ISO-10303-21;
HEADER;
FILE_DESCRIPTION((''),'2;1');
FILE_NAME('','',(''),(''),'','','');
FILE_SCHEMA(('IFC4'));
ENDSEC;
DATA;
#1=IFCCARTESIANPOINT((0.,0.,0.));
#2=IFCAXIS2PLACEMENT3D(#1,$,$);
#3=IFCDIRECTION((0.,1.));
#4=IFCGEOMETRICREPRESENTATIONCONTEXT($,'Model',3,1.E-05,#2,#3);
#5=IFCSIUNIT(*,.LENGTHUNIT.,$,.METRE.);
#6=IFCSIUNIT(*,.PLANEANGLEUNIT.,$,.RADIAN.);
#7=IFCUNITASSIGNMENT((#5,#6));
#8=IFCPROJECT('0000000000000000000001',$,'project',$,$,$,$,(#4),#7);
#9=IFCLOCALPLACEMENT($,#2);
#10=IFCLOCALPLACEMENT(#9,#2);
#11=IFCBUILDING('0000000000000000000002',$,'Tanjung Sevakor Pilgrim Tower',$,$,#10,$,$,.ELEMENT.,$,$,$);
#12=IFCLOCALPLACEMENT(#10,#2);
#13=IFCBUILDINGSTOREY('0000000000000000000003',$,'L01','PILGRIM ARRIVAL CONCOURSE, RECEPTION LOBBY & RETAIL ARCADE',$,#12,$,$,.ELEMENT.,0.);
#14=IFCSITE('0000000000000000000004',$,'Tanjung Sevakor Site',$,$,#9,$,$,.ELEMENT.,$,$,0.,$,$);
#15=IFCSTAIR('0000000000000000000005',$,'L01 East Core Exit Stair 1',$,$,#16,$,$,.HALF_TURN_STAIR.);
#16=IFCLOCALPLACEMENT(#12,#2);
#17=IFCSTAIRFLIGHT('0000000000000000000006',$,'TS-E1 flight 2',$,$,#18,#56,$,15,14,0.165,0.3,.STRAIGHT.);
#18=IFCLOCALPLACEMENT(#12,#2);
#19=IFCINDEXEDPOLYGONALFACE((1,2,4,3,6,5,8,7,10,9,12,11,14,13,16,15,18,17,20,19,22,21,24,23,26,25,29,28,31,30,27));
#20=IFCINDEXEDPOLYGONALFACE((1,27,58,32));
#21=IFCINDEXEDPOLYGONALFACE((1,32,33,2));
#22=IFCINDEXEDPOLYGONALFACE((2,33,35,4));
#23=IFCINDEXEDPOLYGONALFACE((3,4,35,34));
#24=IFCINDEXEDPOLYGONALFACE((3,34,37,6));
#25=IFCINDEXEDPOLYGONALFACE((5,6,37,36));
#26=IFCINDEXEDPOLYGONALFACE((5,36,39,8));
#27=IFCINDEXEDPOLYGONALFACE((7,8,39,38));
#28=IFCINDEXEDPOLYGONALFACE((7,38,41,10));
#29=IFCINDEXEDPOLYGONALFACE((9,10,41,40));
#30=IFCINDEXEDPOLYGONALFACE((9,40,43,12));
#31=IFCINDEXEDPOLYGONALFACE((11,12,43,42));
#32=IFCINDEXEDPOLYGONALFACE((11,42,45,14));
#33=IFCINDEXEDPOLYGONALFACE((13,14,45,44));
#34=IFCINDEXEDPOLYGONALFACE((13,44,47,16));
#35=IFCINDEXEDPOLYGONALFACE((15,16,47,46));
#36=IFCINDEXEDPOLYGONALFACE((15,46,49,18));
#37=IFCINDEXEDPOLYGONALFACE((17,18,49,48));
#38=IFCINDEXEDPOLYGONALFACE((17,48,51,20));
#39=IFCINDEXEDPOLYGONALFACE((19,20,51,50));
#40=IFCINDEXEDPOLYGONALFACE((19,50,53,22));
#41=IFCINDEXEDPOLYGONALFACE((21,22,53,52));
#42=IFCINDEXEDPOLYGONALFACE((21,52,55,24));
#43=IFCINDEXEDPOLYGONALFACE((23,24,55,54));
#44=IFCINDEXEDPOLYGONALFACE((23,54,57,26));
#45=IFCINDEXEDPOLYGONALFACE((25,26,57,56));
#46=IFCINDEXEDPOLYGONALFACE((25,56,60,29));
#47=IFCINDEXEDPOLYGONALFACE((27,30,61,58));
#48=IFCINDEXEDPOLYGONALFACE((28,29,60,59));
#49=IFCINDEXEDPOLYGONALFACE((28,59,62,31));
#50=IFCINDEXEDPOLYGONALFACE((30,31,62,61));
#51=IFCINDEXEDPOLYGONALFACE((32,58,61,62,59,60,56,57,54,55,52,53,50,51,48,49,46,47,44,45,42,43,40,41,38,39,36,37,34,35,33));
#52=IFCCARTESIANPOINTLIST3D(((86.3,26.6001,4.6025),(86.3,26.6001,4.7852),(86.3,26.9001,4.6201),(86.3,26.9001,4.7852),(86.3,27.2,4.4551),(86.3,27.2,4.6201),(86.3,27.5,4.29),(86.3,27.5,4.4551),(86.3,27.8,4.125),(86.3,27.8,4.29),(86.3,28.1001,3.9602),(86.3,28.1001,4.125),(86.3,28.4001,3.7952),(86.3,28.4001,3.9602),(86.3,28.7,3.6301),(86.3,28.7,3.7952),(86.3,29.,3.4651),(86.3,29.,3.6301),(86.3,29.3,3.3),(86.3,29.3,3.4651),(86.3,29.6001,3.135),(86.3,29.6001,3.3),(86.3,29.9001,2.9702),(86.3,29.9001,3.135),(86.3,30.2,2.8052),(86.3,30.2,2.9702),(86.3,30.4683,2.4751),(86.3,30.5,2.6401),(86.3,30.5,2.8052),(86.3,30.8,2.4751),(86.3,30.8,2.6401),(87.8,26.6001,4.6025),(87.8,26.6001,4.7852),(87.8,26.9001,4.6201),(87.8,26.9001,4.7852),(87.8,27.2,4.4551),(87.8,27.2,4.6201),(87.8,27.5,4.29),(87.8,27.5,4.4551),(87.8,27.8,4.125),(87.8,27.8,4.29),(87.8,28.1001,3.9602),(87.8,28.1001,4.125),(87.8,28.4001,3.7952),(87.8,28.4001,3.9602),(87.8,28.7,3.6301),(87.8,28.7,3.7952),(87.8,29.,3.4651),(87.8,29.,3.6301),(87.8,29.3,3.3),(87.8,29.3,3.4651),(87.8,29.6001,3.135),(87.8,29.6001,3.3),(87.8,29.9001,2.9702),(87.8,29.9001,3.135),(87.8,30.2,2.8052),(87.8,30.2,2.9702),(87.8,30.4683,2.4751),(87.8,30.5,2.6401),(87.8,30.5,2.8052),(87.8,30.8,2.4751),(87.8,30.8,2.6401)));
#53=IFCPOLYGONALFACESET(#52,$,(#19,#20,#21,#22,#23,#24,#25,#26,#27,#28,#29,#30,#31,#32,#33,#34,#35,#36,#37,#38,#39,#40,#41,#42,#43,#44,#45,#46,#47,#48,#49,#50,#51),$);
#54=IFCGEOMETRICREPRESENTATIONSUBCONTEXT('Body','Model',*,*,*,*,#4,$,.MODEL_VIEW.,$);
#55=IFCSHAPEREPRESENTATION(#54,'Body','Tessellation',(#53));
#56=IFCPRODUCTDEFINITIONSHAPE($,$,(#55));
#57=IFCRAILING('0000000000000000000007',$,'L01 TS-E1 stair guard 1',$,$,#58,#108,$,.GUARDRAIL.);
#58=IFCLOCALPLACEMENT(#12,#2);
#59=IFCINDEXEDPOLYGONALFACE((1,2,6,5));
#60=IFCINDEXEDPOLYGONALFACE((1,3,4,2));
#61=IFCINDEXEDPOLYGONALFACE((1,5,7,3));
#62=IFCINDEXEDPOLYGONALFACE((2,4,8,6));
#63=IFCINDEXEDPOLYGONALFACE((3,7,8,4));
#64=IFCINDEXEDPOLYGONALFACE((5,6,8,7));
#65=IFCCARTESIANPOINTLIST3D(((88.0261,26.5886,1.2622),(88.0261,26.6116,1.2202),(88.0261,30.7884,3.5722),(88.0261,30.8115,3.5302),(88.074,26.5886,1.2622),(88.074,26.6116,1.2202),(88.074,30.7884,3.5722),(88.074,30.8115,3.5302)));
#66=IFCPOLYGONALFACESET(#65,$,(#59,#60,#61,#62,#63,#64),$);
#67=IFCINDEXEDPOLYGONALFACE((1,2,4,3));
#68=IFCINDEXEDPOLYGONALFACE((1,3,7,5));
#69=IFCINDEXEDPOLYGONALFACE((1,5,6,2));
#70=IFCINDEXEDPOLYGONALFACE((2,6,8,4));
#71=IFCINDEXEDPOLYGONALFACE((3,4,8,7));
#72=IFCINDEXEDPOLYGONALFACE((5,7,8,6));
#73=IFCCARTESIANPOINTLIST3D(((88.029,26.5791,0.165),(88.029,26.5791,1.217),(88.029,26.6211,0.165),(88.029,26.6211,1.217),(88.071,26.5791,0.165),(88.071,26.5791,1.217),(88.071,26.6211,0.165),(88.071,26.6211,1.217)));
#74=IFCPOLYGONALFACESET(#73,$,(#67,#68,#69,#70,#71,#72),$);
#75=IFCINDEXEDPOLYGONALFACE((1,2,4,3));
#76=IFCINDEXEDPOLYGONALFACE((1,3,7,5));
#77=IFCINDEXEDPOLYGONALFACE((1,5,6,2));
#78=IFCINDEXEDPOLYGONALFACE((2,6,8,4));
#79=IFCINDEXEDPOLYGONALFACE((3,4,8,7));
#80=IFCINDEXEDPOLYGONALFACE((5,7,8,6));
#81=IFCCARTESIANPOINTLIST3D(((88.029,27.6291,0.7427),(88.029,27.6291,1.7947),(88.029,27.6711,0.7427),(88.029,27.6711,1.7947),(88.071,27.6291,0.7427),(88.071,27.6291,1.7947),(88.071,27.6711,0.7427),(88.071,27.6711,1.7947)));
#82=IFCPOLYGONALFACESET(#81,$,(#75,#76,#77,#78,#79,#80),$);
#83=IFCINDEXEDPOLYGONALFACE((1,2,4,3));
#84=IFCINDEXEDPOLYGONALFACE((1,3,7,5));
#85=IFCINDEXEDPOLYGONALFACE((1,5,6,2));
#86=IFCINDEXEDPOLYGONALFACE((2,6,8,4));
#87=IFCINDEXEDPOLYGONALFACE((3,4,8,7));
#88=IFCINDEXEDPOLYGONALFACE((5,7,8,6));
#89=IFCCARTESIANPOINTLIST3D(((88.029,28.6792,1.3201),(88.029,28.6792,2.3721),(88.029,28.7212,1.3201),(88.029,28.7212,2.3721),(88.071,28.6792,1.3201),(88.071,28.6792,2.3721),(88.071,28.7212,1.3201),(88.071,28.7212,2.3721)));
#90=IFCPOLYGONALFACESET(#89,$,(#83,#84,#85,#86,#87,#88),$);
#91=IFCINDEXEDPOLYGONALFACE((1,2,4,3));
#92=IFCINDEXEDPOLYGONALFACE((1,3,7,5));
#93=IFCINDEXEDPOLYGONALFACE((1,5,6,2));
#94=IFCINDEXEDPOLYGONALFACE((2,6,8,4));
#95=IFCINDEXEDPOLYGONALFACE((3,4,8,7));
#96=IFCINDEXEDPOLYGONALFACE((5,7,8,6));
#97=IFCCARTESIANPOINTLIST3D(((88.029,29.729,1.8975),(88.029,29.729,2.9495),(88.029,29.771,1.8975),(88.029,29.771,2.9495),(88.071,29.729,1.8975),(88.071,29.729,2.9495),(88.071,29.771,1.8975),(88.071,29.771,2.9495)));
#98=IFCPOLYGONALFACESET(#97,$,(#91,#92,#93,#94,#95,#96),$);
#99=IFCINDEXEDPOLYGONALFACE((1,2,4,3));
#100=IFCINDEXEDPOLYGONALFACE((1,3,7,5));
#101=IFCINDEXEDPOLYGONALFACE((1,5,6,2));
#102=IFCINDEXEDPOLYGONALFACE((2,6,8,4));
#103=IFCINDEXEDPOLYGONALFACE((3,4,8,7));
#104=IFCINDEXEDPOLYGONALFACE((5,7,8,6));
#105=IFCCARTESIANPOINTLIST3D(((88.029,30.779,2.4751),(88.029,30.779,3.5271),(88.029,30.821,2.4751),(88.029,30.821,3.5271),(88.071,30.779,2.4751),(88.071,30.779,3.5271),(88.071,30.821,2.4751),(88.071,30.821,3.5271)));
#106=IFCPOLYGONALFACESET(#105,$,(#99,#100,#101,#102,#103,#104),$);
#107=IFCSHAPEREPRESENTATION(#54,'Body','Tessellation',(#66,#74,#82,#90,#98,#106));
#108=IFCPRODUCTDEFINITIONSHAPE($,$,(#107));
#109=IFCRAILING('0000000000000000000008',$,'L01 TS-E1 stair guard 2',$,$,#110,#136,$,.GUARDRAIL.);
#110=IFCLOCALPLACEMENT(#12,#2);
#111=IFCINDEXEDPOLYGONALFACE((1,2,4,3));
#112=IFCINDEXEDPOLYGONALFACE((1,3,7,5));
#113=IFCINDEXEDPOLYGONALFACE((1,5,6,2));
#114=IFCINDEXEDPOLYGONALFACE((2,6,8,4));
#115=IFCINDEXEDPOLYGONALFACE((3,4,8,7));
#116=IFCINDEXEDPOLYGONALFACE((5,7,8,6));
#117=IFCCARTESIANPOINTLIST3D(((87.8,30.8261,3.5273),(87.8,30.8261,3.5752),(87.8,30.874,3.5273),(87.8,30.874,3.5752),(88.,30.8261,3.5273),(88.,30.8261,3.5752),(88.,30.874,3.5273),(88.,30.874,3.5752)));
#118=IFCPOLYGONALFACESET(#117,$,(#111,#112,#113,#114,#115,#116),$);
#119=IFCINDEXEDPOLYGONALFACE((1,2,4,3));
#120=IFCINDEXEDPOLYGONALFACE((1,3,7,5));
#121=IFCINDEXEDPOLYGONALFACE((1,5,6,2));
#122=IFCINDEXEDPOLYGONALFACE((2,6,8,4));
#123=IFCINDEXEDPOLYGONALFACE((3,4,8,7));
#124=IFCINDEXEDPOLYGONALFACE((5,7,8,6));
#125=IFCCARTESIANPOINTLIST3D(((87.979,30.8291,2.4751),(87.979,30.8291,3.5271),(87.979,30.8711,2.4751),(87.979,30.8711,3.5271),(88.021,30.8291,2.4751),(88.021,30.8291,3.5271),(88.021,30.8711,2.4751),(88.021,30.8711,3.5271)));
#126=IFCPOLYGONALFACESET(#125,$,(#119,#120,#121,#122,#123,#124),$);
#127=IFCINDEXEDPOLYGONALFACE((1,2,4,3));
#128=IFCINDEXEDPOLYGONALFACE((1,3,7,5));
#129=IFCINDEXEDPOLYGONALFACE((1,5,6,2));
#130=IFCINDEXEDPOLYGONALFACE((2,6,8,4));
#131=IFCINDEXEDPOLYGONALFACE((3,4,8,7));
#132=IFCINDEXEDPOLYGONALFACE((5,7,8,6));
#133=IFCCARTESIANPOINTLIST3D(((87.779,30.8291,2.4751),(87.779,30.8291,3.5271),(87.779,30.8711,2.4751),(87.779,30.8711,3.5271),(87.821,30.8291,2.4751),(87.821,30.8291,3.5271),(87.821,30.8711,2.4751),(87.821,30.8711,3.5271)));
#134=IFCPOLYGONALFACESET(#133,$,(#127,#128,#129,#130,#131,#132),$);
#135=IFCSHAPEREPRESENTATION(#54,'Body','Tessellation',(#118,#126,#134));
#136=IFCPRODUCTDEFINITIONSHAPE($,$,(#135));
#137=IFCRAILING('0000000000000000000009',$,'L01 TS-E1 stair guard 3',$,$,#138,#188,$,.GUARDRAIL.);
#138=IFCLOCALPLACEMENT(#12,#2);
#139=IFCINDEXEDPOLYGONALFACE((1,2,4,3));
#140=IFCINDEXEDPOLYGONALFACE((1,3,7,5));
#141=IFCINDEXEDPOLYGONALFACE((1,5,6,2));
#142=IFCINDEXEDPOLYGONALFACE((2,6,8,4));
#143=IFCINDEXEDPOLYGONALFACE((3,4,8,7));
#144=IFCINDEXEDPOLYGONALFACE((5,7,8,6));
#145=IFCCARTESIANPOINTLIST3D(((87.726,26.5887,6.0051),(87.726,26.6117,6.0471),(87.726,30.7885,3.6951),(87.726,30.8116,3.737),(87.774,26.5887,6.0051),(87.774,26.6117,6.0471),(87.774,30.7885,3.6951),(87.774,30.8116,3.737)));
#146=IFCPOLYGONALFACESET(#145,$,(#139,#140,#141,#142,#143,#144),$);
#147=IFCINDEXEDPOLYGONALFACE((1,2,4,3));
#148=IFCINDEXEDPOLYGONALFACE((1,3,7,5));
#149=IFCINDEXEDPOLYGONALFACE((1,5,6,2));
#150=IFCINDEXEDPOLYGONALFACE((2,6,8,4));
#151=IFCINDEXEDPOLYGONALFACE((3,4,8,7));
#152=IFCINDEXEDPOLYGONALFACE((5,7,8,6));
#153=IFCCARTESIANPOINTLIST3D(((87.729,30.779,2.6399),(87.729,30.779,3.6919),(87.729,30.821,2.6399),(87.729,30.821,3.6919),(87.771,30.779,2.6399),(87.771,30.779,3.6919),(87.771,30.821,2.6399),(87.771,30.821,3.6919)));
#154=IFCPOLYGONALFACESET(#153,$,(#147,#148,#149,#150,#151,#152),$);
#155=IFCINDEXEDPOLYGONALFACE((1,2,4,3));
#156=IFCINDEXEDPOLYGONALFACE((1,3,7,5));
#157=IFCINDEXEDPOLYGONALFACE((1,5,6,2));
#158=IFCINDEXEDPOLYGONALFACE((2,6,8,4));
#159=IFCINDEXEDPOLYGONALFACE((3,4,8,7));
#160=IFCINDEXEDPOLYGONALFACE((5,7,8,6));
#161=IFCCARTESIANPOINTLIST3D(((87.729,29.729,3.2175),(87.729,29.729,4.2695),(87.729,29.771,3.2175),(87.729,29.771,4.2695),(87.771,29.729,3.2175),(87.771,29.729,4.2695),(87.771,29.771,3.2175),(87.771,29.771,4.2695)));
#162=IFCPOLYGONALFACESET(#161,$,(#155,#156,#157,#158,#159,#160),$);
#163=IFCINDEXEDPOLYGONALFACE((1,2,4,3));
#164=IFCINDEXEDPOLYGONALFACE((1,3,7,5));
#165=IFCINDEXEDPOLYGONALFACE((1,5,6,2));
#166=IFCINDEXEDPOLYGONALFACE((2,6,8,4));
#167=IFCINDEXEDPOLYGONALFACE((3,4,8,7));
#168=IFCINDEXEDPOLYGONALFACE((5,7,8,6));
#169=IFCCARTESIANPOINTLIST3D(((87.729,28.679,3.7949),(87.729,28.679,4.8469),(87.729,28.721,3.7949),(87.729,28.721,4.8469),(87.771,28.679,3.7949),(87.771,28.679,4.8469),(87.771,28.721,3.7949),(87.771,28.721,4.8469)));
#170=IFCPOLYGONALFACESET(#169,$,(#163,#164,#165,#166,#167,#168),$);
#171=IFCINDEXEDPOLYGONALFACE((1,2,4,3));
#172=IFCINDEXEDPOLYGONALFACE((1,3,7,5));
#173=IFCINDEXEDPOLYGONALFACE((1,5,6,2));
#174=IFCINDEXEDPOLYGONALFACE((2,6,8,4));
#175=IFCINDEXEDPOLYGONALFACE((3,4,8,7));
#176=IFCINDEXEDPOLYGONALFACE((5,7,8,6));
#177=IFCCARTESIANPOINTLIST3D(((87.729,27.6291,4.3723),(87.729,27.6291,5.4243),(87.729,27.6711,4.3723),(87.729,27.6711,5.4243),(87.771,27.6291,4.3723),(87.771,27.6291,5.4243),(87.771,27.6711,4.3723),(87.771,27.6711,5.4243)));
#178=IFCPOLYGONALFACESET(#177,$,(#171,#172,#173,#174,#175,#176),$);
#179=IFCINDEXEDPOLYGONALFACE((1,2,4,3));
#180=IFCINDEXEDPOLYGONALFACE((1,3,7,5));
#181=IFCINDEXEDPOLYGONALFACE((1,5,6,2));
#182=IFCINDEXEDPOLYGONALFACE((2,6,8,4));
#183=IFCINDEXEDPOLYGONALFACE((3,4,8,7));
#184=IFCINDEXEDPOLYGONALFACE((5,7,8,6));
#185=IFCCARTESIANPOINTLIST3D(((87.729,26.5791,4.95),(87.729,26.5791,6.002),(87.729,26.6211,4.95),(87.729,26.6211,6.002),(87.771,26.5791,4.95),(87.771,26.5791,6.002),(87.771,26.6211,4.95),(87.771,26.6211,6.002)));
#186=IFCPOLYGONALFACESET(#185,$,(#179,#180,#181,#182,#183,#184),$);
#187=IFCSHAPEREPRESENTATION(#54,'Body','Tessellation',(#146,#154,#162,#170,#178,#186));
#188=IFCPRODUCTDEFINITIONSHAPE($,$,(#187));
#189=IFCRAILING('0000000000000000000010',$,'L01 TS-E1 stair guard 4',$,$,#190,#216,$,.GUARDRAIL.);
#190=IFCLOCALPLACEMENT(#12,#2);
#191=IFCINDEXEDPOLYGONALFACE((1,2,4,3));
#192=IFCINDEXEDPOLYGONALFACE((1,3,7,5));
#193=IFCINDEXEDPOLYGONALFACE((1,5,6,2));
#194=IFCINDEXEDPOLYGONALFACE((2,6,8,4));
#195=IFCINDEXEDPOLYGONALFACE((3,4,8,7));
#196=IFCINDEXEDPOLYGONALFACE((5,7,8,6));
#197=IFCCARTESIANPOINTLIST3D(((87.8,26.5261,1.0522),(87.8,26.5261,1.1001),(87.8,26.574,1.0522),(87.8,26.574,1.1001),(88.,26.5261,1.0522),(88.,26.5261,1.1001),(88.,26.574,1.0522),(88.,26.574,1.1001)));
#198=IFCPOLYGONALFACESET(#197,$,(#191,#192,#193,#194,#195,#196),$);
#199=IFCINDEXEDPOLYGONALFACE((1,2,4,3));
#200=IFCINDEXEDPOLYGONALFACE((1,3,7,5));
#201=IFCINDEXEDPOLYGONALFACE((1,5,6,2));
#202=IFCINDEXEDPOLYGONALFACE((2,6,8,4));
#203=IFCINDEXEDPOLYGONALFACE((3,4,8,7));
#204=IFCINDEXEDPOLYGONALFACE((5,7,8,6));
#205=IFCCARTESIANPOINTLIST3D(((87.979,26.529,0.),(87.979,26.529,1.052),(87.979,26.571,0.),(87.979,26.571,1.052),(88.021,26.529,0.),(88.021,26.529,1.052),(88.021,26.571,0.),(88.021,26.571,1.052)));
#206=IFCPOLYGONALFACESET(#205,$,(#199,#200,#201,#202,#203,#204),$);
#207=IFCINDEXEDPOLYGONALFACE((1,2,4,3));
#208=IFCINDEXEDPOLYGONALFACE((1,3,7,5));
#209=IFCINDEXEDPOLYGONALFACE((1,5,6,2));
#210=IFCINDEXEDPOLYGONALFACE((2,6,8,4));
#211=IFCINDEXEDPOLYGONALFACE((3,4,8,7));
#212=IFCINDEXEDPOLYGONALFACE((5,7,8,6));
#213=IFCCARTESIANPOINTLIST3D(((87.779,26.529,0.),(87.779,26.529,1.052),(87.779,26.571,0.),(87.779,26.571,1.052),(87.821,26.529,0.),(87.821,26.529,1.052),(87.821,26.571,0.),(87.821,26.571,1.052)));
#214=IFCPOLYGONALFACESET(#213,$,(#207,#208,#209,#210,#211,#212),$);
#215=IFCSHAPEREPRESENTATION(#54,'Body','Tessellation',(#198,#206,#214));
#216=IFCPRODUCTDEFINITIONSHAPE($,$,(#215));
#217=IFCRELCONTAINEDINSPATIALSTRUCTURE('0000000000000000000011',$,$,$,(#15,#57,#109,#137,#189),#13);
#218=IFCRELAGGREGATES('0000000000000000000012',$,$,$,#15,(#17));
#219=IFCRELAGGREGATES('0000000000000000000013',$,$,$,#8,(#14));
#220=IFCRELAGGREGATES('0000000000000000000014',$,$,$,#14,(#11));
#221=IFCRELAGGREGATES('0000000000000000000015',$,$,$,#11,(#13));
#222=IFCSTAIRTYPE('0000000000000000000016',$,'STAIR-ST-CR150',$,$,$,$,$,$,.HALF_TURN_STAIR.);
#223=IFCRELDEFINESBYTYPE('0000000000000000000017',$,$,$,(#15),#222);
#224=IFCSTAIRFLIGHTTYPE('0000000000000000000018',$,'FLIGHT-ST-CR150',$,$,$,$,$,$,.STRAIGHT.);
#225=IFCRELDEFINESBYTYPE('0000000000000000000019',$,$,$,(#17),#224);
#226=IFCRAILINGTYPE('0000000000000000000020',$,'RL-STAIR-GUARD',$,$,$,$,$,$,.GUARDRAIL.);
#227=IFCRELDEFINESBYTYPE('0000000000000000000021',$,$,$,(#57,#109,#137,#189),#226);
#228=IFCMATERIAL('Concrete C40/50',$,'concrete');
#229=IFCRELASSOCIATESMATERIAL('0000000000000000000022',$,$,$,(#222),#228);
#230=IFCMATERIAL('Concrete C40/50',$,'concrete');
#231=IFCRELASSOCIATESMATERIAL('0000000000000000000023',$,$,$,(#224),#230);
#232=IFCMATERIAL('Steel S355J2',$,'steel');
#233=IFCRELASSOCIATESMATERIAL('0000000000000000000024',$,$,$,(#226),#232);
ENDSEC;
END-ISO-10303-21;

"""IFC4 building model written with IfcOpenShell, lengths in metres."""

from ifc_helpers import new_model, si_unit, direction, frame, origin, place, context, subcontext, project, spatial, polyline, rectangle, outline, extrude, material, type_object, element, aggregate, save


model = new_model("IFC4")

# Units and contexts
model_context = context("Model", 3, precision=1e-05, world=origin(), true_north=direction((0.0, 1.0)))
body_context = subcontext(model_context, "Body", "Model", "MODEL_VIEW")
ifc_project = project(units=[si_unit("LENGTHUNIT", "METRE"), si_unit("PLANEANGLEUNIT", "RADIAN")], contexts=[model_context])

# Site, building, storey
site_placement = place(None, origin())
site = spatial("IfcSite", under=ifc_project, at=site_placement, Name="Tanjung Sevakor Site", CompositionType="ELEMENT", RefElevation=0.0)
building_placement = place(site_placement, origin())
building = spatial("IfcBuilding", under=site, at=building_placement, Name="Tanjung Sevakor Pilgrim Tower", CompositionType="ELEMENT")
storey_placement = place(building_placement, origin())
storey = spatial("IfcBuildingStorey", under=building, at=storey_placement, Name="L01", Description="PILGRIM ARRIVAL CONCOURSE, RECEPTION LOBBY & RETAIL ARCADE", CompositionType="ELEMENT", Elevation=0.0)

# Stair, stair flight
ifc_material_1 = material(Name="Concrete C40/50", Category="concrete")
stair_type = type_object("IfcStairType", Name="STAIR-ST-CR150", PredefinedType="HALF_TURN_STAIR", material=ifc_material_1)
stair_placement = place(storey_placement, origin())
stair = element("IfcStair", 1, at=stair_placement, inside=storey, type_object=stair_type, Name="L01 East Core Exit Stair 1", PredefinedType="HALF_TURN_STAIR")
ifc_material_2 = material(Name="Concrete C40/50", Category="concrete")
stair_flight_type = type_object("IfcStairFlightType", Name="FLIGHT-ST-CR150", PredefinedType="STRAIGHT", material=ifc_material_2)
stair_flight_1_placement = place(storey_placement, frame((87.05, 30.8, 2.4751), z_axis=(0.0, 0.0, 1.0), x_axis=(0.0, -1.0, 0.0)))
stair_flight_1 = element("IfcStairFlight", 2, at=stair_flight_1_placement, type_object=stair_flight_type, Name="TS-E1 flight 2", NumberOfRisers=15, NumberOfTreads=14, PredefinedType="STRAIGHT", RiserHeight=0.165, TreadLength=0.3, context=body_context, shape_type="SweptSolid", body=[
    extrude(outline(polyline([(0.0, 0.0), (0.0, 0.165), (0.3, 0.165), (0.3, 0.3301), (0.6001, 0.3301), (0.6001, 0.4951), (0.8999, 0.4951), (0.8999, 0.6599), (1.2, 0.6599), (1.2, 0.825), (1.5, 0.825), (1.5, 0.99), (1.8, 0.99), (1.8, 1.155), (2.1001, 1.155), (2.1001, 1.3201), (2.3999, 1.3201), (2.3999, 1.4851), (2.7, 1.4851), (2.7, 1.6499), (3.0, 1.6499), (3.0, 1.8149), (3.3, 1.8149), (3.3, 1.98), (3.6001, 1.98), (3.6001, 2.145), (3.8999, 2.145), (3.8999, 2.3101), (4.2, 2.3101), (4.2, 2.4751), (4.2, 2.1274), (0.3318, 0.0), (0.0, 0.0)])), frame((0.0, 0.75, 0.0), z_axis=(0.0, -1.0, 0.0), x_axis=(1.0, 0.0, 0.0)), (0.0, 0.0, 1.0), 1.5),
])
aggregate(stair, [stair_flight_1])

# Railings
ifc_material_3 = material(Name="Steel S355J2", Category="steel")
railing_type_1 = type_object("IfcRailingType", Name="RL-STAIR-GUARD", PredefinedType="GUARDRAIL", material=ifc_material_3)
railing_1_placement = place(storey_placement, frame((88.05, 26.6001, 0.165)))
element("IfcRailing", 3, at=railing_1_placement, inside=storey, type_object=railing_type_1, Name="L01 TS-E1 stair guard 1", PredefinedType="GUARDRAIL", context=body_context, shape_type="SweptSolid", body=[
    extrude(rectangle(XDim=0.0479, YDim=0.0479), frame((0.0, 0.0, 1.0762), z_axis=(0.0, 0.876208, 0.481932), x_axis=(-1.0, 0.0, 0.0)), (0.0, 0.0, 1.0), 4.7932),
    extrude(rectangle(XDim=0.042, YDim=0.042), origin(), (0.0, 0.0, 1.0), 1.052),
    extrude(rectangle(XDim=0.042, YDim=0.042), frame((0.0, 1.05, 0.5776)), (0.0, 0.0, 1.0), 1.052),
    extrude(rectangle(XDim=0.042, YDim=0.042), frame((0.0, 2.1001, 1.155)), (0.0, 0.0, 1.0), 1.052),
    extrude(rectangle(XDim=0.042, YDim=0.042), frame((0.0, 3.1499, 1.7324)), (0.0, 0.0, 1.0), 1.052),
    extrude(rectangle(XDim=0.042, YDim=0.042), frame((0.0, 4.2, 2.3101)), (0.0, 0.0, 1.0), 1.052),
])
railing_2_placement = place(storey_placement, frame((88.0, 30.8501, 2.4751)))
element("IfcRailing", 4, at=railing_2_placement, inside=storey, type_object=railing_type_1, Name="L01 TS-E1 stair guard 2", PredefinedType="GUARDRAIL", context=body_context, shape_type="SweptSolid", body=[
    extrude(rectangle(XDim=0.0479, YDim=0.0479), frame((0.0, 0.0, 1.0762), z_axis=(-1.0, 0.0, 0.0), x_axis=(0.0, -1.0, 0.0)), (0.0, 0.0, 1.0), 0.2),
    extrude(rectangle(XDim=0.042, YDim=0.042), origin(), (0.0, 0.0, 1.0), 1.052),
    extrude(rectangle(XDim=0.042, YDim=0.042), frame((-0.2, 0.0, 0.0)), (0.0, 0.0, 1.0), 1.052),
])
railing_3_placement = place(storey_placement, frame((87.75, 30.8, 2.6399)))
element("IfcRailing", 5, at=railing_3_placement, inside=storey, type_object=railing_type_1, Name="L01 TS-E1 stair guard 3", PredefinedType="GUARDRAIL", context=body_context, shape_type="SweptSolid", body=[
    extrude(rectangle(XDim=0.0479, YDim=0.0479), frame((0.0, 0.0, 1.0762), z_axis=(0.0, -0.876208, 0.481932), x_axis=(1.0, 0.0, 0.0)), (0.0, 0.0, 1.0), 4.7932),
    extrude(rectangle(XDim=0.042, YDim=0.042), origin(), (0.0, 0.0, 1.0), 1.052),
    extrude(rectangle(XDim=0.042, YDim=0.042), frame((0.0, -1.05, 0.5776)), (0.0, 0.0, 1.0), 1.052),
    extrude(rectangle(XDim=0.042, YDim=0.042), frame((0.0, -2.1001, 1.155)), (0.0, 0.0, 1.0), 1.052),
    extrude(rectangle(XDim=0.042, YDim=0.042), frame((0.0, -3.1499, 1.7324)), (0.0, 0.0, 1.0), 1.052),
    extrude(rectangle(XDim=0.042, YDim=0.042), frame((0.0, -4.2, 2.3101)), (0.0, 0.0, 1.0), 1.052),
])
railing_4_placement = place(storey_placement, frame((88.0, 26.55, 0.0)))
element("IfcRailing", 6, at=railing_4_placement, inside=storey, type_object=railing_type_1, Name="L01 TS-E1 stair guard 4", PredefinedType="GUARDRAIL", context=body_context, shape_type="SweptSolid", body=[
    extrude(rectangle(XDim=0.0479, YDim=0.0479), frame((0.0, 0.0, 1.0762), z_axis=(-1.0, 0.0, 0.0), x_axis=(0.0, -1.0, 0.0)), (0.0, 0.0, 1.0), 0.2),
    extrude(rectangle(XDim=0.042, YDim=0.042), origin(), (0.0, 0.0, 1.0), 1.052),
    extrude(rectangle(XDim=0.042, YDim=0.042), frame((-0.2, 0.0, 0.0)), (0.0, 0.0, 1.0), 1.052),
])

save(model, "model.ifc")
